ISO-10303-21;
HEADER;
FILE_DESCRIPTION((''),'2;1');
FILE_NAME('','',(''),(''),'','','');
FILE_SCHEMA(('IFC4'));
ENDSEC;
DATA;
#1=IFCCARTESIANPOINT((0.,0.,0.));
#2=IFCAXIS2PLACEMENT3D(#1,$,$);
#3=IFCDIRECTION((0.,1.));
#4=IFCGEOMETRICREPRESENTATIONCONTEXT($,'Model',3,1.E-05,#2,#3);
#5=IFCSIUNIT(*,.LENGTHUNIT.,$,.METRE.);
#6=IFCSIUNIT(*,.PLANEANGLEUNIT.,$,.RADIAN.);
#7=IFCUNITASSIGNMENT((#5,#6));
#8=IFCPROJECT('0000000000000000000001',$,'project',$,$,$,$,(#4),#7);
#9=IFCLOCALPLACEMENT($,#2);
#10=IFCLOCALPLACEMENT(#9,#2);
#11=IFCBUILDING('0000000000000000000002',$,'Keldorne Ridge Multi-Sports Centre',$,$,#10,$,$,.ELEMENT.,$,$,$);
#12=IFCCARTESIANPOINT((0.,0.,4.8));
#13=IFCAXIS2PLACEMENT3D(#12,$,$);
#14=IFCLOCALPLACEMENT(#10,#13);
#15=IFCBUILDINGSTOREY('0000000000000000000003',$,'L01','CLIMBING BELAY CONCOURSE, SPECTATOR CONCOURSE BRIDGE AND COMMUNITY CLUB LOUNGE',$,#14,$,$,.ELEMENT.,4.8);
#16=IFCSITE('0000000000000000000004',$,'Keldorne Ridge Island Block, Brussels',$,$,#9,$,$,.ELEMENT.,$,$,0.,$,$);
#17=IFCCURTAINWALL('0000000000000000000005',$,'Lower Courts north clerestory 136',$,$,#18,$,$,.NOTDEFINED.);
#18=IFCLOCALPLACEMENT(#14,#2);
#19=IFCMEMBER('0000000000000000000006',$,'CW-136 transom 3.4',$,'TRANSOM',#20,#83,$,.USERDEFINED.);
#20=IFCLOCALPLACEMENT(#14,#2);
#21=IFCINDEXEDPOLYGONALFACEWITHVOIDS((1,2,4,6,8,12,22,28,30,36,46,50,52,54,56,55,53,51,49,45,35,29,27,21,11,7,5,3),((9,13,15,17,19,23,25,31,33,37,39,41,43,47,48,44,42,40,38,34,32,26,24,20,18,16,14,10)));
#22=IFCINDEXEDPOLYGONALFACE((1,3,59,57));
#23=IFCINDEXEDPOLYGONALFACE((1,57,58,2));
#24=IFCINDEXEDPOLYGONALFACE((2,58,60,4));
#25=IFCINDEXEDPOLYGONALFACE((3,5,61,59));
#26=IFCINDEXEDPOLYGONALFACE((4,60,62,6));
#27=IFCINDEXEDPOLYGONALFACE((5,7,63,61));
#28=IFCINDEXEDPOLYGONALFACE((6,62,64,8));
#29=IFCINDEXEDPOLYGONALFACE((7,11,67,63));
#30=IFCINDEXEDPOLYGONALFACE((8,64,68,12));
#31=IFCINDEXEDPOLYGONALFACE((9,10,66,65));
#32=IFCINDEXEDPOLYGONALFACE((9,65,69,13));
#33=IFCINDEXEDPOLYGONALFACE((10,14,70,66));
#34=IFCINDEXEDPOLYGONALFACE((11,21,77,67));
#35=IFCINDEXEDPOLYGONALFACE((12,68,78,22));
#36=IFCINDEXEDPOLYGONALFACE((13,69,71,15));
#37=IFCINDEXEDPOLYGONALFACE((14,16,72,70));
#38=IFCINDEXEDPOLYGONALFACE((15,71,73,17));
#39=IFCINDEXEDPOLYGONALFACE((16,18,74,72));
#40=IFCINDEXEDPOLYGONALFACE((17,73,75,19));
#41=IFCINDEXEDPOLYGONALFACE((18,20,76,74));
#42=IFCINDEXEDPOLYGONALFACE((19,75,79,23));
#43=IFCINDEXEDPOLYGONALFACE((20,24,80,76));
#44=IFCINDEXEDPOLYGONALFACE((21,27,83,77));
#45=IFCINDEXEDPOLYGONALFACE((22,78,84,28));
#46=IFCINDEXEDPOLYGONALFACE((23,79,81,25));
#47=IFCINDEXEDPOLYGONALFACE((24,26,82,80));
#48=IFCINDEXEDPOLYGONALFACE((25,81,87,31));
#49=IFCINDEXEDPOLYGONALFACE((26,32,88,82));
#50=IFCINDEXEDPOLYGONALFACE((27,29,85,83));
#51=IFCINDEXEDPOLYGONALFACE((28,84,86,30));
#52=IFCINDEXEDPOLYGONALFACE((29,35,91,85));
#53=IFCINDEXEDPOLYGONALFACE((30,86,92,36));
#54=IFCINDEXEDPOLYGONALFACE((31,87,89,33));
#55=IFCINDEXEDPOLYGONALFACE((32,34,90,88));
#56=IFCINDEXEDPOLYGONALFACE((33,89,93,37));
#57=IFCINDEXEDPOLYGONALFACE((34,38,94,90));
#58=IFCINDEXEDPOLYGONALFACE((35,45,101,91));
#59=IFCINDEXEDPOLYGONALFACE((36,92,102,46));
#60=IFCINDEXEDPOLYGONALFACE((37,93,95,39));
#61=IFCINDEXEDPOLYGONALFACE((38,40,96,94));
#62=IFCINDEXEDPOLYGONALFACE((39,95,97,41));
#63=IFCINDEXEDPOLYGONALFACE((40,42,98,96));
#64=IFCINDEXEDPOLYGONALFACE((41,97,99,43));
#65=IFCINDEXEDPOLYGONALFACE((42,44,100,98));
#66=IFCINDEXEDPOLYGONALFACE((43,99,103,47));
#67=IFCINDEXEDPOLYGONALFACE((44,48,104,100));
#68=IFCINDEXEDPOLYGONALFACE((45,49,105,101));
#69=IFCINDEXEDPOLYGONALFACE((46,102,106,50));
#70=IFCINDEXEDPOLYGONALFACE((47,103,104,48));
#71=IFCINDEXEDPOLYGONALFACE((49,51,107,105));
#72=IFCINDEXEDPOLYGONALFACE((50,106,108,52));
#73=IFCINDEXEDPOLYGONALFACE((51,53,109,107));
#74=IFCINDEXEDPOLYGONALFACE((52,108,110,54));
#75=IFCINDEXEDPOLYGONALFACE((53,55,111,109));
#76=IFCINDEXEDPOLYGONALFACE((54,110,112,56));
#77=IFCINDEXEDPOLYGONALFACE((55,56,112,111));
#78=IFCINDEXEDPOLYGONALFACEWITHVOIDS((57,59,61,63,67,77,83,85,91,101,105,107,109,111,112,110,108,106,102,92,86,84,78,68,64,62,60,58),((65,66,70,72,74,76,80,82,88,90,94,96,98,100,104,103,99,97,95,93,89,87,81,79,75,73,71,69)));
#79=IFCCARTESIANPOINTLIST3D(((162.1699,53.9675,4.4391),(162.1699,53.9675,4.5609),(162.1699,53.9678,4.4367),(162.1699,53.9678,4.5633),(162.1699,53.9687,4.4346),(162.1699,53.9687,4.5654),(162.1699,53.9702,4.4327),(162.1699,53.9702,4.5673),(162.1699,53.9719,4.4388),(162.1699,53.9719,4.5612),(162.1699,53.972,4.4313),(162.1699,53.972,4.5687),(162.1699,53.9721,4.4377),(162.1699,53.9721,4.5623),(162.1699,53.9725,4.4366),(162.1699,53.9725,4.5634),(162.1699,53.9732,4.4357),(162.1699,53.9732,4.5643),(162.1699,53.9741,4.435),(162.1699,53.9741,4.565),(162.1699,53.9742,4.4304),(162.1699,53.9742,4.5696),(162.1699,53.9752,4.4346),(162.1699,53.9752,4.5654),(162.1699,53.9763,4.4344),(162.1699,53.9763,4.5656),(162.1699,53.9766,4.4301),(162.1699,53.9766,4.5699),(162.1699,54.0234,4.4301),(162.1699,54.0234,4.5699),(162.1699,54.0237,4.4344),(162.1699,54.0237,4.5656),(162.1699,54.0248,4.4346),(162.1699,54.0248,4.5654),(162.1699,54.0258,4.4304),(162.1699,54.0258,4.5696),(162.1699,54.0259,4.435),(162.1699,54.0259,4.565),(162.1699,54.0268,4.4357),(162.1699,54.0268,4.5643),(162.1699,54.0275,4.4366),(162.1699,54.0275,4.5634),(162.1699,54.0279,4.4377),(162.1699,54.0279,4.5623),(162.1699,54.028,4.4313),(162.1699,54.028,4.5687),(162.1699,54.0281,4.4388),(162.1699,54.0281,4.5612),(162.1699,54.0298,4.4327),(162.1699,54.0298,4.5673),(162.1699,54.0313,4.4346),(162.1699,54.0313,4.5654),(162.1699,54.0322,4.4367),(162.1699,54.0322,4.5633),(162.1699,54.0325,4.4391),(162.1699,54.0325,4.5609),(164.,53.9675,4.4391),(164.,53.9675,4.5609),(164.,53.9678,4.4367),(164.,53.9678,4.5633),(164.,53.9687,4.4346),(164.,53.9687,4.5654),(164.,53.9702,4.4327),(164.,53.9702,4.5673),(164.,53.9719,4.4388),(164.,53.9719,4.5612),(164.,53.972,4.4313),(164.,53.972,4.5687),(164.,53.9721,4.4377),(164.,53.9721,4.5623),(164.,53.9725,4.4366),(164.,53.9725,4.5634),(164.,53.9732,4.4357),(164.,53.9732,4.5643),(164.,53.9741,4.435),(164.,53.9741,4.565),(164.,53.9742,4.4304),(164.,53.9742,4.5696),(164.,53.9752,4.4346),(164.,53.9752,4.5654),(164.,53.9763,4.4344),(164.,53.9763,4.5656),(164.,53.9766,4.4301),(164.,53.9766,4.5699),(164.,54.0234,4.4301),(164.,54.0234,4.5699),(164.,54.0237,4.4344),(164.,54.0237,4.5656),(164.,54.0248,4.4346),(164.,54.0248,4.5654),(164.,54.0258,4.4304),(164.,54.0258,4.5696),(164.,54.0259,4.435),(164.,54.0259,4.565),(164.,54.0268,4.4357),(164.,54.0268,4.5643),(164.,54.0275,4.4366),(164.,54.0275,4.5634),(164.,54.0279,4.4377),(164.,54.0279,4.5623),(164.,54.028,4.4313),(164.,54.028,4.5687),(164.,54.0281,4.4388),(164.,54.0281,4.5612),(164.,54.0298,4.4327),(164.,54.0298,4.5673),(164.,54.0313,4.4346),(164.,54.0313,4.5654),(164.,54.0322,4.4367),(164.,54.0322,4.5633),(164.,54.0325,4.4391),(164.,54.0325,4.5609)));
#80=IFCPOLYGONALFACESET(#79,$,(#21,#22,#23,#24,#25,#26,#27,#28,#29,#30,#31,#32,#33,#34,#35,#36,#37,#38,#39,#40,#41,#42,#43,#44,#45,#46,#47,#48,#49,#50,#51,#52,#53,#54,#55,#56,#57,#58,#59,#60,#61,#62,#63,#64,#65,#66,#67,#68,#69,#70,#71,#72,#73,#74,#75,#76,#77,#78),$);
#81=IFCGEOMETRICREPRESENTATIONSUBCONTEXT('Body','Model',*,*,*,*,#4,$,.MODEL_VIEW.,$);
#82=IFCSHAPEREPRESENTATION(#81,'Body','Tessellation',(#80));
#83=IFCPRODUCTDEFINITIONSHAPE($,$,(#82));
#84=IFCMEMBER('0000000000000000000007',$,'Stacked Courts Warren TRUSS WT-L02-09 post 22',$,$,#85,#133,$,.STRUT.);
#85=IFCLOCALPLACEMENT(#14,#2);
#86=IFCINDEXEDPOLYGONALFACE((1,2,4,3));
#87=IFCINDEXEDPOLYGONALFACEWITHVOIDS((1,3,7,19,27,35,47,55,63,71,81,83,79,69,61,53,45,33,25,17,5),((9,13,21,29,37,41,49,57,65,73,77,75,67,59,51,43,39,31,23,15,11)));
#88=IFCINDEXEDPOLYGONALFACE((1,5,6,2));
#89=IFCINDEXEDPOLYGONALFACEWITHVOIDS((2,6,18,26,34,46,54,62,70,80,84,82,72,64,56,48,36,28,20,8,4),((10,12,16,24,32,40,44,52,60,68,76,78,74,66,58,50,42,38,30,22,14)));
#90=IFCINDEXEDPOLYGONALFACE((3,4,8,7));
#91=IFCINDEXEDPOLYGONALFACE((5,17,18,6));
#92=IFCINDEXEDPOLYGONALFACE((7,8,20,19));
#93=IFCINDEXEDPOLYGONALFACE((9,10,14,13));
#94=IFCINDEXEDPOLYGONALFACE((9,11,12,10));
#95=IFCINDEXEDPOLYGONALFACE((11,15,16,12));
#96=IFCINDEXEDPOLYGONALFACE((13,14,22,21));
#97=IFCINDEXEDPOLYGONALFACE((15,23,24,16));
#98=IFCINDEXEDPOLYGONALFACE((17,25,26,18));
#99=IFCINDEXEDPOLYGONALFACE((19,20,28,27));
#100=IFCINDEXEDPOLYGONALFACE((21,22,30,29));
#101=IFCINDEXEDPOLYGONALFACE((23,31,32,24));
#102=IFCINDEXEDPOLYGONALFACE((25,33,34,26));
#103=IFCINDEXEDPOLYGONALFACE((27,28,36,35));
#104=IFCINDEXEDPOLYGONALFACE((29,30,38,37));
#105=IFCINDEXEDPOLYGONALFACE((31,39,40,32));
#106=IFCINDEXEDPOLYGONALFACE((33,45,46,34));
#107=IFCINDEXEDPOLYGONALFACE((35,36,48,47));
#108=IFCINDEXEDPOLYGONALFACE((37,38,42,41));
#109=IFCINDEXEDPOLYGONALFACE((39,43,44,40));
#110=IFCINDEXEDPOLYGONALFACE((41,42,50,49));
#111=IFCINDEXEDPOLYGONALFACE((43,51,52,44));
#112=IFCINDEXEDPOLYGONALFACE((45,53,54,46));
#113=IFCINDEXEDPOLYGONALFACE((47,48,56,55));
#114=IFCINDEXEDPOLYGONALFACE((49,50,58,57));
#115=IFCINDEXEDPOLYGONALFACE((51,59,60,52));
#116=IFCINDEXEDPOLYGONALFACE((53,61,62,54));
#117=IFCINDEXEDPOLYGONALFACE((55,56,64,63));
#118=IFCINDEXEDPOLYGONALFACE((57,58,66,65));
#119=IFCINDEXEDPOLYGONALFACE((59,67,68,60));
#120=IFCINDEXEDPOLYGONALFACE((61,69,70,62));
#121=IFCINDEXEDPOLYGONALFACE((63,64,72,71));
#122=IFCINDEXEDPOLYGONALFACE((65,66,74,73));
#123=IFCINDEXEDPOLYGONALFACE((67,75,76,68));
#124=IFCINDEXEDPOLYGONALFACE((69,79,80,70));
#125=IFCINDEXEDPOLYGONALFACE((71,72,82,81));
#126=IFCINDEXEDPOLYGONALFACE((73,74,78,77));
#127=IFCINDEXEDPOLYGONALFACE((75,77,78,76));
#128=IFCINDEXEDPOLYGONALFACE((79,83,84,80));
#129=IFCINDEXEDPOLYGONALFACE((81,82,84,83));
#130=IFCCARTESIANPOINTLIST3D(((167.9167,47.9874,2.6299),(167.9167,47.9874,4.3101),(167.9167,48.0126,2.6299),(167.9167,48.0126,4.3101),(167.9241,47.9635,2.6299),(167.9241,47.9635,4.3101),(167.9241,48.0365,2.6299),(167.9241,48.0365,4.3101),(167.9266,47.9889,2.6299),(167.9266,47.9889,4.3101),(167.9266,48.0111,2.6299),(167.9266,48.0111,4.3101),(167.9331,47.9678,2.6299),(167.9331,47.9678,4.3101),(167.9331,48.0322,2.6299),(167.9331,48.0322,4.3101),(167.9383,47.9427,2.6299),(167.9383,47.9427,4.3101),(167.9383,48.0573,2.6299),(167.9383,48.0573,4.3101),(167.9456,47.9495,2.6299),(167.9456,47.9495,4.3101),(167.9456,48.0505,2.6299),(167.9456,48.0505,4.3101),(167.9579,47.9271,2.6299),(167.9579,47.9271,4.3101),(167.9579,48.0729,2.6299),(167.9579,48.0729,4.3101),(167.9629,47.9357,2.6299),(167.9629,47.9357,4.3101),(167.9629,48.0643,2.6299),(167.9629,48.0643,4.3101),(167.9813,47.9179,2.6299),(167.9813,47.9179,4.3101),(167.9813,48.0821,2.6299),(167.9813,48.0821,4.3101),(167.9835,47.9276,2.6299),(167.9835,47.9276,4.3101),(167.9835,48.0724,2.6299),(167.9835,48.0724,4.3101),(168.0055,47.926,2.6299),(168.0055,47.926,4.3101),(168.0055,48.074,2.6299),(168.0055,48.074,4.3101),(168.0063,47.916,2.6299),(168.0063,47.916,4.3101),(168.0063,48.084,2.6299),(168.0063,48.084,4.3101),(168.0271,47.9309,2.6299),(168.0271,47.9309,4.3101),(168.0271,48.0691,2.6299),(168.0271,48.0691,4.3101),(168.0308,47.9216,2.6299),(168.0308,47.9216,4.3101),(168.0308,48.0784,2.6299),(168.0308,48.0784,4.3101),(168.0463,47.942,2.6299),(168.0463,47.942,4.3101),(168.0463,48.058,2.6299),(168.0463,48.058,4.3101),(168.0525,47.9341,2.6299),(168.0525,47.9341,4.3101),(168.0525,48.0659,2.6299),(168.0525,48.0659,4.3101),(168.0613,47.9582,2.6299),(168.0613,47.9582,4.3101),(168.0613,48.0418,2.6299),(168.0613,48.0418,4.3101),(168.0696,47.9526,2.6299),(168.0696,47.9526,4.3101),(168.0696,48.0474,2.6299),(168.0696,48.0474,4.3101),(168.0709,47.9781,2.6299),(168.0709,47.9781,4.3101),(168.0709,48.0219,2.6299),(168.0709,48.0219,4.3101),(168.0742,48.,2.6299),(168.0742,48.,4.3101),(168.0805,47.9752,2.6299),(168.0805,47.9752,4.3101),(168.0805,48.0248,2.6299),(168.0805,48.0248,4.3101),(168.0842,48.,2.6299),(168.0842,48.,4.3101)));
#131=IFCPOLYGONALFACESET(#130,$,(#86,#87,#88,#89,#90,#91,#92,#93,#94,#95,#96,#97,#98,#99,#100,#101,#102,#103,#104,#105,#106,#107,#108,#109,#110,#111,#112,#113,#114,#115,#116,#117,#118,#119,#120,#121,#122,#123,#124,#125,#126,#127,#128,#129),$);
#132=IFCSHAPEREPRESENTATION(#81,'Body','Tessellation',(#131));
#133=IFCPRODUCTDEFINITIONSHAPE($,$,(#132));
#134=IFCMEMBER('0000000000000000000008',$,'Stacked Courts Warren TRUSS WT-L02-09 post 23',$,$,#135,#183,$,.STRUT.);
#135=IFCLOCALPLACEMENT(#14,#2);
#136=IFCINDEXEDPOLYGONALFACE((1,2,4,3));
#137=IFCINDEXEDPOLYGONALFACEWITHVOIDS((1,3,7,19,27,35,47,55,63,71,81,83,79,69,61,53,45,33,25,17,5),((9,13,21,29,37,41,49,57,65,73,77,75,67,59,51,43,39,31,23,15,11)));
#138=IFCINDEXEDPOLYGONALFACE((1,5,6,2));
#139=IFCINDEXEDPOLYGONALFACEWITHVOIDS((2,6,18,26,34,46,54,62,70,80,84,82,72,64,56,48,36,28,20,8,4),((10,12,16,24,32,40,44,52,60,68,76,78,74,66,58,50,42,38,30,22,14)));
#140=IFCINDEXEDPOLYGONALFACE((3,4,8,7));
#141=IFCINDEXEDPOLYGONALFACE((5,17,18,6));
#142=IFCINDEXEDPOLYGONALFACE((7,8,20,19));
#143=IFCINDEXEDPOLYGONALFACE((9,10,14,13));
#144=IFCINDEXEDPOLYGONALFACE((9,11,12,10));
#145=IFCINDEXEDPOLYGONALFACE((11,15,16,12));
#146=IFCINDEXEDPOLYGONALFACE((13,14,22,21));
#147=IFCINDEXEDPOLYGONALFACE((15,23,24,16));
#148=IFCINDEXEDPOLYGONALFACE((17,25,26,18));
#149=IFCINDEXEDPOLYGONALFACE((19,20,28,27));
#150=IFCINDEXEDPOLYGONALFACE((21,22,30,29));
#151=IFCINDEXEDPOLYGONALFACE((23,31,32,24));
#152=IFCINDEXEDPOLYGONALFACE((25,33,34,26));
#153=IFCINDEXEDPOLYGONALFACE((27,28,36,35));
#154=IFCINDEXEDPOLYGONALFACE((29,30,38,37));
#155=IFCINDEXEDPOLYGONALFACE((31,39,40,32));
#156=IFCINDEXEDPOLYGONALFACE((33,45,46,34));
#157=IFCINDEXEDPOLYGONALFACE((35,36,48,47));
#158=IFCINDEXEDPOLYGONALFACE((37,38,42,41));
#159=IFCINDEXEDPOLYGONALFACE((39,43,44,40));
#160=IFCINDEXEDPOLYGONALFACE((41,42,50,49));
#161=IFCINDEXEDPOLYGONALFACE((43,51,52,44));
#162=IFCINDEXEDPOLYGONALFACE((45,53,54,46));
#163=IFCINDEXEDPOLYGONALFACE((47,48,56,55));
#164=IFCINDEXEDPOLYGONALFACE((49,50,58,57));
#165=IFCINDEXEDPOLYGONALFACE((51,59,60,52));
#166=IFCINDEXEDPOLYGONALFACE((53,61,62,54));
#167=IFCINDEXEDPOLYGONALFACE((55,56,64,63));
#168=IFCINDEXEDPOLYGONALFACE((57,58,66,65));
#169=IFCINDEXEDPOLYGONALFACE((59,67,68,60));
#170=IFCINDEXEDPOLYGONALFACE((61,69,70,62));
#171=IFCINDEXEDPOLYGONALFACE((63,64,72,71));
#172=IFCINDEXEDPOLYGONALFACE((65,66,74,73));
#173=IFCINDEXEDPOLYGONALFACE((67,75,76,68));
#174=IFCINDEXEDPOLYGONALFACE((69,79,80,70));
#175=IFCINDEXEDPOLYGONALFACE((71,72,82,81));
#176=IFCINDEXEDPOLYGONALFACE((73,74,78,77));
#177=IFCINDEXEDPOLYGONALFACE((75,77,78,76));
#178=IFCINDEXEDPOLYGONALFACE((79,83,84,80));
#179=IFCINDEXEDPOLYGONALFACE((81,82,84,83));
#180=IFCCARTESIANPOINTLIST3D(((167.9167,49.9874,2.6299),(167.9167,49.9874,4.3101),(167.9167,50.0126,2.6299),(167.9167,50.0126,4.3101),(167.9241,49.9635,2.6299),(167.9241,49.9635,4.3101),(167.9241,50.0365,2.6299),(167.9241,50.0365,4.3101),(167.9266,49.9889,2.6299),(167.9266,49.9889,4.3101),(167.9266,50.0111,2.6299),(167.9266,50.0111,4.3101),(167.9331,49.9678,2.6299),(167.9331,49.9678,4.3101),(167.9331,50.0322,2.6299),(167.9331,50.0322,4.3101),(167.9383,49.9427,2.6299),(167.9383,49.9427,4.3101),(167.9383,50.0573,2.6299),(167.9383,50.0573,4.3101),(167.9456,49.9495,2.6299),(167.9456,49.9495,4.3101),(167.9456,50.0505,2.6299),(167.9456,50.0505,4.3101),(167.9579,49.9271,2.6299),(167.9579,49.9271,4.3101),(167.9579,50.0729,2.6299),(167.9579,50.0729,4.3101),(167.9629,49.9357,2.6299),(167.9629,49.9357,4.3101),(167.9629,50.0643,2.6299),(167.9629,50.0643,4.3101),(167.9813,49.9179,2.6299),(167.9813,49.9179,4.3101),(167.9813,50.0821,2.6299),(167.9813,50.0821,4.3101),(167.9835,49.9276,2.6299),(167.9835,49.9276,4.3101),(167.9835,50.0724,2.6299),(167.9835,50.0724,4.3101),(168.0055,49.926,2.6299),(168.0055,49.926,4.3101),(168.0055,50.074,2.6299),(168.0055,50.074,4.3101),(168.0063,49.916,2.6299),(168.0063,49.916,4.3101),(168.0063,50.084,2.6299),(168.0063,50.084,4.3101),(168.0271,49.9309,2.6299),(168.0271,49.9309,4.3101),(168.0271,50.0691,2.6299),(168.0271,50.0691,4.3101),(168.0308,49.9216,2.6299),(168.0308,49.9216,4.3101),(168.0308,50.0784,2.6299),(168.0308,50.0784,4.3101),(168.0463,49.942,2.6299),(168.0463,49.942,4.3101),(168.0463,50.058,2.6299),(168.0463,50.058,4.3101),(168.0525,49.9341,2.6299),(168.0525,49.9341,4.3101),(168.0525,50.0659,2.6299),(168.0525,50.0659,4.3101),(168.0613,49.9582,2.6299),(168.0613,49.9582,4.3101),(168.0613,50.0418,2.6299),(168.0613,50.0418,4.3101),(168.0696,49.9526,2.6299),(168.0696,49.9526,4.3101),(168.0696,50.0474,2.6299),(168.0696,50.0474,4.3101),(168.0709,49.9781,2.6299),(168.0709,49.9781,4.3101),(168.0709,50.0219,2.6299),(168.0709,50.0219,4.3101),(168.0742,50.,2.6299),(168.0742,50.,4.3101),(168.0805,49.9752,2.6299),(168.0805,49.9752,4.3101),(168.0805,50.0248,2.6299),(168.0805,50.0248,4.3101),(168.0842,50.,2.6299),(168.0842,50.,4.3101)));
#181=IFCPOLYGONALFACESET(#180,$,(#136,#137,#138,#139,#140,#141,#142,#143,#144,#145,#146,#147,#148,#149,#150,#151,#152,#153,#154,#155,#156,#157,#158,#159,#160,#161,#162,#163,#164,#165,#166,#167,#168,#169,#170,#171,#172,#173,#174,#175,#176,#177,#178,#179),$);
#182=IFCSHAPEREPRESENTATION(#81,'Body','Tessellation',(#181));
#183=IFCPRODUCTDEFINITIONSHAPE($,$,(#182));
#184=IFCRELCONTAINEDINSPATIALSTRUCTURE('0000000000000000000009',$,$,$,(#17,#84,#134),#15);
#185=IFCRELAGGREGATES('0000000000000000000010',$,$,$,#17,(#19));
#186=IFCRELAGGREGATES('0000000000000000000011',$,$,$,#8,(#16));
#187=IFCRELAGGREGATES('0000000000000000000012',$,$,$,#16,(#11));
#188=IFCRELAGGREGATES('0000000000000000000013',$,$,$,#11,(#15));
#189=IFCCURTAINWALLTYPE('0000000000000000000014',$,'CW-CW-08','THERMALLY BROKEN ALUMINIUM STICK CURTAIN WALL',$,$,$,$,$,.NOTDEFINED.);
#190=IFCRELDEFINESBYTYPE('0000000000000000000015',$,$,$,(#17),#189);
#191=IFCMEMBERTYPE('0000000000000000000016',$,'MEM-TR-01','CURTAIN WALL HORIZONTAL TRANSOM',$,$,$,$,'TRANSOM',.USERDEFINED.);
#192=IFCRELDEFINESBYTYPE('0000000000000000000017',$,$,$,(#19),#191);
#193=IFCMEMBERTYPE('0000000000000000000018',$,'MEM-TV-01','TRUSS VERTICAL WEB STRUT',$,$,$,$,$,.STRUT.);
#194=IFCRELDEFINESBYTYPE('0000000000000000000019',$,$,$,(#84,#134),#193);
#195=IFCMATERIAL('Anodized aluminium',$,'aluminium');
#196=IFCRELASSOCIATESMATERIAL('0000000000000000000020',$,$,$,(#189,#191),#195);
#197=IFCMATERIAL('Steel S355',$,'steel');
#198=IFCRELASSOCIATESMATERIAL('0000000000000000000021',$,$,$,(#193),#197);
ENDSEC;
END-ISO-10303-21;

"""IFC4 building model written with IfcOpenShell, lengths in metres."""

from ifc_helpers import new_model, si_unit, direction, frame, origin, origin_2d, place, context, subcontext, project, spatial, hollow_rectangle, hollow_circle, extrude, material, material_profile, profile_set, type_object, element, aggregate, save


model = new_model("IFC4")

# Units and contexts
model_context = context("Model", 3, precision=1e-05, world=origin(), true_north=direction((0.0, 1.0)))
body_context = subcontext(model_context, "Body", "Model", "MODEL_VIEW")
ifc_project = project(units=[si_unit("LENGTHUNIT", "METRE"), si_unit("PLANEANGLEUNIT", "RADIAN")], contexts=[model_context])

# Site, building, storey
site_placement = place(None, origin())
site = spatial("IfcSite", under=ifc_project, at=site_placement, Name="Keldorne Ridge Island Block, Brussels", CompositionType="ELEMENT", RefElevation=0.0)
building_placement = place(site_placement, origin())
building = spatial("IfcBuilding", under=site, at=building_placement, Name="Keldorne Ridge Multi-Sports Centre", CompositionType="ELEMENT")
storey_placement = place(building_placement, frame((0.0, 0.0, 4.8)))
storey = spatial("IfcBuildingStorey", under=building, at=storey_placement, Name="L01", Description="CLIMBING BELAY CONCOURSE, SPECTATOR CONCOURSE BRIDGE AND COMMUNITY CLUB LOUNGE", CompositionType="ELEMENT", Elevation=4.8)

# Shared definitions
ifc_material_1 = material(Name="Steel S355", Category="steel")

# Curtain wall
ifc_material_2 = material(Name="Anodized aluminium", Category="aluminium")
curtain_wall_type = type_object("IfcCurtainWallType", Name="CW-CW-08", Description="THERMALLY BROKEN ALUMINIUM STICK CURTAIN WALL", PredefinedType="NOTDEFINED", material=ifc_material_2)
curtain_wall_placement = place(storey_placement, origin())
curtain_wall = element("IfcCurtainWall", 1, at=curtain_wall_placement, inside=storey, type_object=curtain_wall_type, Name="Lower Courts north clerestory 136", PredefinedType="NOTDEFINED")

# Member
ifc_material_profile_1 = material_profile(ifc_material_2, hollow_rectangle(XDim=0.0649, YDim=0.1399, WallThickness=0.0044, InnerFilletRadius=0.0044, OuterFilletRadius=0.009, at=origin_2d()), Name="ALU TRANSOM 140x65x4.5")
ifc_profile_set_1 = profile_set([ifc_material_profile_1], Name="Anodized aluminium")
member_type_1 = type_object("IfcMemberType", Name="MEM-TR-01", Description="CURTAIN WALL HORIZONTAL TRANSOM", ElementType="TRANSOM", PredefinedType="USERDEFINED", material=ifc_profile_set_1)
member_1_placement = place(storey_placement, frame((164.0, 54.0, 4.5), z_axis=(-1.0, 0.0, 0.0), x_axis=(0.0, -1.0, 0.0)))
member_1 = element("IfcMember", 2, at=member_1_placement, type_object=member_type_1, Name="CW-136 transom 3.4", ObjectType="TRANSOM", PredefinedType="USERDEFINED", context=body_context, shape_type="SweptSolid", body=[
    extrude(hollow_rectangle(XDim=0.0649, YDim=0.1399, WallThickness=0.0044, InnerFilletRadius=0.0044, OuterFilletRadius=0.009, at=origin_2d()), origin(), (0.0, 0.0, 1.0), 1.8301),
])

# Members
ifc_material_profile_2 = material_profile(ifc_material_1, hollow_circle(Radius=0.0842, WallThickness=0.01, at=origin_2d()), Name="CHS 168.3x10")
ifc_profile_set_2 = profile_set([ifc_material_profile_2], Name="Steel S355")
member_type_2 = type_object("IfcMemberType", Name="MEM-TV-01", Description="TRUSS VERTICAL WEB STRUT", PredefinedType="STRUT", material=ifc_profile_set_2)
for number, where, z_axis, x_axis, name in (
    (3, (168.0, 48.0, 2.6299), (0.0, 0.0, 1.0), (1.0, 0.0, 0.0), "Stacked Courts Warren TRUSS WT-L02-09 post 22"),
    (4, (168.0, 50.0, 2.6299), (0.0, 0.0, 1.0), (1.0, 0.0, 0.0), "Stacked Courts Warren TRUSS WT-L02-09 post 23"),
):
    element("IfcMember", number, at=place(storey_placement, frame(where, z_axis=z_axis, x_axis=x_axis)), inside=storey, type_object=member_type_2, Name=name, PredefinedType="STRUT", context=body_context, shape_type="SweptSolid", body=[
        extrude(hollow_circle(Radius=0.0842, WallThickness=0.01, at=origin_2d()), origin(), (0.0, 0.0, 1.0), 1.6802),
    ])

aggregate(curtain_wall, [member_1])

save(model, "model.ifc")
